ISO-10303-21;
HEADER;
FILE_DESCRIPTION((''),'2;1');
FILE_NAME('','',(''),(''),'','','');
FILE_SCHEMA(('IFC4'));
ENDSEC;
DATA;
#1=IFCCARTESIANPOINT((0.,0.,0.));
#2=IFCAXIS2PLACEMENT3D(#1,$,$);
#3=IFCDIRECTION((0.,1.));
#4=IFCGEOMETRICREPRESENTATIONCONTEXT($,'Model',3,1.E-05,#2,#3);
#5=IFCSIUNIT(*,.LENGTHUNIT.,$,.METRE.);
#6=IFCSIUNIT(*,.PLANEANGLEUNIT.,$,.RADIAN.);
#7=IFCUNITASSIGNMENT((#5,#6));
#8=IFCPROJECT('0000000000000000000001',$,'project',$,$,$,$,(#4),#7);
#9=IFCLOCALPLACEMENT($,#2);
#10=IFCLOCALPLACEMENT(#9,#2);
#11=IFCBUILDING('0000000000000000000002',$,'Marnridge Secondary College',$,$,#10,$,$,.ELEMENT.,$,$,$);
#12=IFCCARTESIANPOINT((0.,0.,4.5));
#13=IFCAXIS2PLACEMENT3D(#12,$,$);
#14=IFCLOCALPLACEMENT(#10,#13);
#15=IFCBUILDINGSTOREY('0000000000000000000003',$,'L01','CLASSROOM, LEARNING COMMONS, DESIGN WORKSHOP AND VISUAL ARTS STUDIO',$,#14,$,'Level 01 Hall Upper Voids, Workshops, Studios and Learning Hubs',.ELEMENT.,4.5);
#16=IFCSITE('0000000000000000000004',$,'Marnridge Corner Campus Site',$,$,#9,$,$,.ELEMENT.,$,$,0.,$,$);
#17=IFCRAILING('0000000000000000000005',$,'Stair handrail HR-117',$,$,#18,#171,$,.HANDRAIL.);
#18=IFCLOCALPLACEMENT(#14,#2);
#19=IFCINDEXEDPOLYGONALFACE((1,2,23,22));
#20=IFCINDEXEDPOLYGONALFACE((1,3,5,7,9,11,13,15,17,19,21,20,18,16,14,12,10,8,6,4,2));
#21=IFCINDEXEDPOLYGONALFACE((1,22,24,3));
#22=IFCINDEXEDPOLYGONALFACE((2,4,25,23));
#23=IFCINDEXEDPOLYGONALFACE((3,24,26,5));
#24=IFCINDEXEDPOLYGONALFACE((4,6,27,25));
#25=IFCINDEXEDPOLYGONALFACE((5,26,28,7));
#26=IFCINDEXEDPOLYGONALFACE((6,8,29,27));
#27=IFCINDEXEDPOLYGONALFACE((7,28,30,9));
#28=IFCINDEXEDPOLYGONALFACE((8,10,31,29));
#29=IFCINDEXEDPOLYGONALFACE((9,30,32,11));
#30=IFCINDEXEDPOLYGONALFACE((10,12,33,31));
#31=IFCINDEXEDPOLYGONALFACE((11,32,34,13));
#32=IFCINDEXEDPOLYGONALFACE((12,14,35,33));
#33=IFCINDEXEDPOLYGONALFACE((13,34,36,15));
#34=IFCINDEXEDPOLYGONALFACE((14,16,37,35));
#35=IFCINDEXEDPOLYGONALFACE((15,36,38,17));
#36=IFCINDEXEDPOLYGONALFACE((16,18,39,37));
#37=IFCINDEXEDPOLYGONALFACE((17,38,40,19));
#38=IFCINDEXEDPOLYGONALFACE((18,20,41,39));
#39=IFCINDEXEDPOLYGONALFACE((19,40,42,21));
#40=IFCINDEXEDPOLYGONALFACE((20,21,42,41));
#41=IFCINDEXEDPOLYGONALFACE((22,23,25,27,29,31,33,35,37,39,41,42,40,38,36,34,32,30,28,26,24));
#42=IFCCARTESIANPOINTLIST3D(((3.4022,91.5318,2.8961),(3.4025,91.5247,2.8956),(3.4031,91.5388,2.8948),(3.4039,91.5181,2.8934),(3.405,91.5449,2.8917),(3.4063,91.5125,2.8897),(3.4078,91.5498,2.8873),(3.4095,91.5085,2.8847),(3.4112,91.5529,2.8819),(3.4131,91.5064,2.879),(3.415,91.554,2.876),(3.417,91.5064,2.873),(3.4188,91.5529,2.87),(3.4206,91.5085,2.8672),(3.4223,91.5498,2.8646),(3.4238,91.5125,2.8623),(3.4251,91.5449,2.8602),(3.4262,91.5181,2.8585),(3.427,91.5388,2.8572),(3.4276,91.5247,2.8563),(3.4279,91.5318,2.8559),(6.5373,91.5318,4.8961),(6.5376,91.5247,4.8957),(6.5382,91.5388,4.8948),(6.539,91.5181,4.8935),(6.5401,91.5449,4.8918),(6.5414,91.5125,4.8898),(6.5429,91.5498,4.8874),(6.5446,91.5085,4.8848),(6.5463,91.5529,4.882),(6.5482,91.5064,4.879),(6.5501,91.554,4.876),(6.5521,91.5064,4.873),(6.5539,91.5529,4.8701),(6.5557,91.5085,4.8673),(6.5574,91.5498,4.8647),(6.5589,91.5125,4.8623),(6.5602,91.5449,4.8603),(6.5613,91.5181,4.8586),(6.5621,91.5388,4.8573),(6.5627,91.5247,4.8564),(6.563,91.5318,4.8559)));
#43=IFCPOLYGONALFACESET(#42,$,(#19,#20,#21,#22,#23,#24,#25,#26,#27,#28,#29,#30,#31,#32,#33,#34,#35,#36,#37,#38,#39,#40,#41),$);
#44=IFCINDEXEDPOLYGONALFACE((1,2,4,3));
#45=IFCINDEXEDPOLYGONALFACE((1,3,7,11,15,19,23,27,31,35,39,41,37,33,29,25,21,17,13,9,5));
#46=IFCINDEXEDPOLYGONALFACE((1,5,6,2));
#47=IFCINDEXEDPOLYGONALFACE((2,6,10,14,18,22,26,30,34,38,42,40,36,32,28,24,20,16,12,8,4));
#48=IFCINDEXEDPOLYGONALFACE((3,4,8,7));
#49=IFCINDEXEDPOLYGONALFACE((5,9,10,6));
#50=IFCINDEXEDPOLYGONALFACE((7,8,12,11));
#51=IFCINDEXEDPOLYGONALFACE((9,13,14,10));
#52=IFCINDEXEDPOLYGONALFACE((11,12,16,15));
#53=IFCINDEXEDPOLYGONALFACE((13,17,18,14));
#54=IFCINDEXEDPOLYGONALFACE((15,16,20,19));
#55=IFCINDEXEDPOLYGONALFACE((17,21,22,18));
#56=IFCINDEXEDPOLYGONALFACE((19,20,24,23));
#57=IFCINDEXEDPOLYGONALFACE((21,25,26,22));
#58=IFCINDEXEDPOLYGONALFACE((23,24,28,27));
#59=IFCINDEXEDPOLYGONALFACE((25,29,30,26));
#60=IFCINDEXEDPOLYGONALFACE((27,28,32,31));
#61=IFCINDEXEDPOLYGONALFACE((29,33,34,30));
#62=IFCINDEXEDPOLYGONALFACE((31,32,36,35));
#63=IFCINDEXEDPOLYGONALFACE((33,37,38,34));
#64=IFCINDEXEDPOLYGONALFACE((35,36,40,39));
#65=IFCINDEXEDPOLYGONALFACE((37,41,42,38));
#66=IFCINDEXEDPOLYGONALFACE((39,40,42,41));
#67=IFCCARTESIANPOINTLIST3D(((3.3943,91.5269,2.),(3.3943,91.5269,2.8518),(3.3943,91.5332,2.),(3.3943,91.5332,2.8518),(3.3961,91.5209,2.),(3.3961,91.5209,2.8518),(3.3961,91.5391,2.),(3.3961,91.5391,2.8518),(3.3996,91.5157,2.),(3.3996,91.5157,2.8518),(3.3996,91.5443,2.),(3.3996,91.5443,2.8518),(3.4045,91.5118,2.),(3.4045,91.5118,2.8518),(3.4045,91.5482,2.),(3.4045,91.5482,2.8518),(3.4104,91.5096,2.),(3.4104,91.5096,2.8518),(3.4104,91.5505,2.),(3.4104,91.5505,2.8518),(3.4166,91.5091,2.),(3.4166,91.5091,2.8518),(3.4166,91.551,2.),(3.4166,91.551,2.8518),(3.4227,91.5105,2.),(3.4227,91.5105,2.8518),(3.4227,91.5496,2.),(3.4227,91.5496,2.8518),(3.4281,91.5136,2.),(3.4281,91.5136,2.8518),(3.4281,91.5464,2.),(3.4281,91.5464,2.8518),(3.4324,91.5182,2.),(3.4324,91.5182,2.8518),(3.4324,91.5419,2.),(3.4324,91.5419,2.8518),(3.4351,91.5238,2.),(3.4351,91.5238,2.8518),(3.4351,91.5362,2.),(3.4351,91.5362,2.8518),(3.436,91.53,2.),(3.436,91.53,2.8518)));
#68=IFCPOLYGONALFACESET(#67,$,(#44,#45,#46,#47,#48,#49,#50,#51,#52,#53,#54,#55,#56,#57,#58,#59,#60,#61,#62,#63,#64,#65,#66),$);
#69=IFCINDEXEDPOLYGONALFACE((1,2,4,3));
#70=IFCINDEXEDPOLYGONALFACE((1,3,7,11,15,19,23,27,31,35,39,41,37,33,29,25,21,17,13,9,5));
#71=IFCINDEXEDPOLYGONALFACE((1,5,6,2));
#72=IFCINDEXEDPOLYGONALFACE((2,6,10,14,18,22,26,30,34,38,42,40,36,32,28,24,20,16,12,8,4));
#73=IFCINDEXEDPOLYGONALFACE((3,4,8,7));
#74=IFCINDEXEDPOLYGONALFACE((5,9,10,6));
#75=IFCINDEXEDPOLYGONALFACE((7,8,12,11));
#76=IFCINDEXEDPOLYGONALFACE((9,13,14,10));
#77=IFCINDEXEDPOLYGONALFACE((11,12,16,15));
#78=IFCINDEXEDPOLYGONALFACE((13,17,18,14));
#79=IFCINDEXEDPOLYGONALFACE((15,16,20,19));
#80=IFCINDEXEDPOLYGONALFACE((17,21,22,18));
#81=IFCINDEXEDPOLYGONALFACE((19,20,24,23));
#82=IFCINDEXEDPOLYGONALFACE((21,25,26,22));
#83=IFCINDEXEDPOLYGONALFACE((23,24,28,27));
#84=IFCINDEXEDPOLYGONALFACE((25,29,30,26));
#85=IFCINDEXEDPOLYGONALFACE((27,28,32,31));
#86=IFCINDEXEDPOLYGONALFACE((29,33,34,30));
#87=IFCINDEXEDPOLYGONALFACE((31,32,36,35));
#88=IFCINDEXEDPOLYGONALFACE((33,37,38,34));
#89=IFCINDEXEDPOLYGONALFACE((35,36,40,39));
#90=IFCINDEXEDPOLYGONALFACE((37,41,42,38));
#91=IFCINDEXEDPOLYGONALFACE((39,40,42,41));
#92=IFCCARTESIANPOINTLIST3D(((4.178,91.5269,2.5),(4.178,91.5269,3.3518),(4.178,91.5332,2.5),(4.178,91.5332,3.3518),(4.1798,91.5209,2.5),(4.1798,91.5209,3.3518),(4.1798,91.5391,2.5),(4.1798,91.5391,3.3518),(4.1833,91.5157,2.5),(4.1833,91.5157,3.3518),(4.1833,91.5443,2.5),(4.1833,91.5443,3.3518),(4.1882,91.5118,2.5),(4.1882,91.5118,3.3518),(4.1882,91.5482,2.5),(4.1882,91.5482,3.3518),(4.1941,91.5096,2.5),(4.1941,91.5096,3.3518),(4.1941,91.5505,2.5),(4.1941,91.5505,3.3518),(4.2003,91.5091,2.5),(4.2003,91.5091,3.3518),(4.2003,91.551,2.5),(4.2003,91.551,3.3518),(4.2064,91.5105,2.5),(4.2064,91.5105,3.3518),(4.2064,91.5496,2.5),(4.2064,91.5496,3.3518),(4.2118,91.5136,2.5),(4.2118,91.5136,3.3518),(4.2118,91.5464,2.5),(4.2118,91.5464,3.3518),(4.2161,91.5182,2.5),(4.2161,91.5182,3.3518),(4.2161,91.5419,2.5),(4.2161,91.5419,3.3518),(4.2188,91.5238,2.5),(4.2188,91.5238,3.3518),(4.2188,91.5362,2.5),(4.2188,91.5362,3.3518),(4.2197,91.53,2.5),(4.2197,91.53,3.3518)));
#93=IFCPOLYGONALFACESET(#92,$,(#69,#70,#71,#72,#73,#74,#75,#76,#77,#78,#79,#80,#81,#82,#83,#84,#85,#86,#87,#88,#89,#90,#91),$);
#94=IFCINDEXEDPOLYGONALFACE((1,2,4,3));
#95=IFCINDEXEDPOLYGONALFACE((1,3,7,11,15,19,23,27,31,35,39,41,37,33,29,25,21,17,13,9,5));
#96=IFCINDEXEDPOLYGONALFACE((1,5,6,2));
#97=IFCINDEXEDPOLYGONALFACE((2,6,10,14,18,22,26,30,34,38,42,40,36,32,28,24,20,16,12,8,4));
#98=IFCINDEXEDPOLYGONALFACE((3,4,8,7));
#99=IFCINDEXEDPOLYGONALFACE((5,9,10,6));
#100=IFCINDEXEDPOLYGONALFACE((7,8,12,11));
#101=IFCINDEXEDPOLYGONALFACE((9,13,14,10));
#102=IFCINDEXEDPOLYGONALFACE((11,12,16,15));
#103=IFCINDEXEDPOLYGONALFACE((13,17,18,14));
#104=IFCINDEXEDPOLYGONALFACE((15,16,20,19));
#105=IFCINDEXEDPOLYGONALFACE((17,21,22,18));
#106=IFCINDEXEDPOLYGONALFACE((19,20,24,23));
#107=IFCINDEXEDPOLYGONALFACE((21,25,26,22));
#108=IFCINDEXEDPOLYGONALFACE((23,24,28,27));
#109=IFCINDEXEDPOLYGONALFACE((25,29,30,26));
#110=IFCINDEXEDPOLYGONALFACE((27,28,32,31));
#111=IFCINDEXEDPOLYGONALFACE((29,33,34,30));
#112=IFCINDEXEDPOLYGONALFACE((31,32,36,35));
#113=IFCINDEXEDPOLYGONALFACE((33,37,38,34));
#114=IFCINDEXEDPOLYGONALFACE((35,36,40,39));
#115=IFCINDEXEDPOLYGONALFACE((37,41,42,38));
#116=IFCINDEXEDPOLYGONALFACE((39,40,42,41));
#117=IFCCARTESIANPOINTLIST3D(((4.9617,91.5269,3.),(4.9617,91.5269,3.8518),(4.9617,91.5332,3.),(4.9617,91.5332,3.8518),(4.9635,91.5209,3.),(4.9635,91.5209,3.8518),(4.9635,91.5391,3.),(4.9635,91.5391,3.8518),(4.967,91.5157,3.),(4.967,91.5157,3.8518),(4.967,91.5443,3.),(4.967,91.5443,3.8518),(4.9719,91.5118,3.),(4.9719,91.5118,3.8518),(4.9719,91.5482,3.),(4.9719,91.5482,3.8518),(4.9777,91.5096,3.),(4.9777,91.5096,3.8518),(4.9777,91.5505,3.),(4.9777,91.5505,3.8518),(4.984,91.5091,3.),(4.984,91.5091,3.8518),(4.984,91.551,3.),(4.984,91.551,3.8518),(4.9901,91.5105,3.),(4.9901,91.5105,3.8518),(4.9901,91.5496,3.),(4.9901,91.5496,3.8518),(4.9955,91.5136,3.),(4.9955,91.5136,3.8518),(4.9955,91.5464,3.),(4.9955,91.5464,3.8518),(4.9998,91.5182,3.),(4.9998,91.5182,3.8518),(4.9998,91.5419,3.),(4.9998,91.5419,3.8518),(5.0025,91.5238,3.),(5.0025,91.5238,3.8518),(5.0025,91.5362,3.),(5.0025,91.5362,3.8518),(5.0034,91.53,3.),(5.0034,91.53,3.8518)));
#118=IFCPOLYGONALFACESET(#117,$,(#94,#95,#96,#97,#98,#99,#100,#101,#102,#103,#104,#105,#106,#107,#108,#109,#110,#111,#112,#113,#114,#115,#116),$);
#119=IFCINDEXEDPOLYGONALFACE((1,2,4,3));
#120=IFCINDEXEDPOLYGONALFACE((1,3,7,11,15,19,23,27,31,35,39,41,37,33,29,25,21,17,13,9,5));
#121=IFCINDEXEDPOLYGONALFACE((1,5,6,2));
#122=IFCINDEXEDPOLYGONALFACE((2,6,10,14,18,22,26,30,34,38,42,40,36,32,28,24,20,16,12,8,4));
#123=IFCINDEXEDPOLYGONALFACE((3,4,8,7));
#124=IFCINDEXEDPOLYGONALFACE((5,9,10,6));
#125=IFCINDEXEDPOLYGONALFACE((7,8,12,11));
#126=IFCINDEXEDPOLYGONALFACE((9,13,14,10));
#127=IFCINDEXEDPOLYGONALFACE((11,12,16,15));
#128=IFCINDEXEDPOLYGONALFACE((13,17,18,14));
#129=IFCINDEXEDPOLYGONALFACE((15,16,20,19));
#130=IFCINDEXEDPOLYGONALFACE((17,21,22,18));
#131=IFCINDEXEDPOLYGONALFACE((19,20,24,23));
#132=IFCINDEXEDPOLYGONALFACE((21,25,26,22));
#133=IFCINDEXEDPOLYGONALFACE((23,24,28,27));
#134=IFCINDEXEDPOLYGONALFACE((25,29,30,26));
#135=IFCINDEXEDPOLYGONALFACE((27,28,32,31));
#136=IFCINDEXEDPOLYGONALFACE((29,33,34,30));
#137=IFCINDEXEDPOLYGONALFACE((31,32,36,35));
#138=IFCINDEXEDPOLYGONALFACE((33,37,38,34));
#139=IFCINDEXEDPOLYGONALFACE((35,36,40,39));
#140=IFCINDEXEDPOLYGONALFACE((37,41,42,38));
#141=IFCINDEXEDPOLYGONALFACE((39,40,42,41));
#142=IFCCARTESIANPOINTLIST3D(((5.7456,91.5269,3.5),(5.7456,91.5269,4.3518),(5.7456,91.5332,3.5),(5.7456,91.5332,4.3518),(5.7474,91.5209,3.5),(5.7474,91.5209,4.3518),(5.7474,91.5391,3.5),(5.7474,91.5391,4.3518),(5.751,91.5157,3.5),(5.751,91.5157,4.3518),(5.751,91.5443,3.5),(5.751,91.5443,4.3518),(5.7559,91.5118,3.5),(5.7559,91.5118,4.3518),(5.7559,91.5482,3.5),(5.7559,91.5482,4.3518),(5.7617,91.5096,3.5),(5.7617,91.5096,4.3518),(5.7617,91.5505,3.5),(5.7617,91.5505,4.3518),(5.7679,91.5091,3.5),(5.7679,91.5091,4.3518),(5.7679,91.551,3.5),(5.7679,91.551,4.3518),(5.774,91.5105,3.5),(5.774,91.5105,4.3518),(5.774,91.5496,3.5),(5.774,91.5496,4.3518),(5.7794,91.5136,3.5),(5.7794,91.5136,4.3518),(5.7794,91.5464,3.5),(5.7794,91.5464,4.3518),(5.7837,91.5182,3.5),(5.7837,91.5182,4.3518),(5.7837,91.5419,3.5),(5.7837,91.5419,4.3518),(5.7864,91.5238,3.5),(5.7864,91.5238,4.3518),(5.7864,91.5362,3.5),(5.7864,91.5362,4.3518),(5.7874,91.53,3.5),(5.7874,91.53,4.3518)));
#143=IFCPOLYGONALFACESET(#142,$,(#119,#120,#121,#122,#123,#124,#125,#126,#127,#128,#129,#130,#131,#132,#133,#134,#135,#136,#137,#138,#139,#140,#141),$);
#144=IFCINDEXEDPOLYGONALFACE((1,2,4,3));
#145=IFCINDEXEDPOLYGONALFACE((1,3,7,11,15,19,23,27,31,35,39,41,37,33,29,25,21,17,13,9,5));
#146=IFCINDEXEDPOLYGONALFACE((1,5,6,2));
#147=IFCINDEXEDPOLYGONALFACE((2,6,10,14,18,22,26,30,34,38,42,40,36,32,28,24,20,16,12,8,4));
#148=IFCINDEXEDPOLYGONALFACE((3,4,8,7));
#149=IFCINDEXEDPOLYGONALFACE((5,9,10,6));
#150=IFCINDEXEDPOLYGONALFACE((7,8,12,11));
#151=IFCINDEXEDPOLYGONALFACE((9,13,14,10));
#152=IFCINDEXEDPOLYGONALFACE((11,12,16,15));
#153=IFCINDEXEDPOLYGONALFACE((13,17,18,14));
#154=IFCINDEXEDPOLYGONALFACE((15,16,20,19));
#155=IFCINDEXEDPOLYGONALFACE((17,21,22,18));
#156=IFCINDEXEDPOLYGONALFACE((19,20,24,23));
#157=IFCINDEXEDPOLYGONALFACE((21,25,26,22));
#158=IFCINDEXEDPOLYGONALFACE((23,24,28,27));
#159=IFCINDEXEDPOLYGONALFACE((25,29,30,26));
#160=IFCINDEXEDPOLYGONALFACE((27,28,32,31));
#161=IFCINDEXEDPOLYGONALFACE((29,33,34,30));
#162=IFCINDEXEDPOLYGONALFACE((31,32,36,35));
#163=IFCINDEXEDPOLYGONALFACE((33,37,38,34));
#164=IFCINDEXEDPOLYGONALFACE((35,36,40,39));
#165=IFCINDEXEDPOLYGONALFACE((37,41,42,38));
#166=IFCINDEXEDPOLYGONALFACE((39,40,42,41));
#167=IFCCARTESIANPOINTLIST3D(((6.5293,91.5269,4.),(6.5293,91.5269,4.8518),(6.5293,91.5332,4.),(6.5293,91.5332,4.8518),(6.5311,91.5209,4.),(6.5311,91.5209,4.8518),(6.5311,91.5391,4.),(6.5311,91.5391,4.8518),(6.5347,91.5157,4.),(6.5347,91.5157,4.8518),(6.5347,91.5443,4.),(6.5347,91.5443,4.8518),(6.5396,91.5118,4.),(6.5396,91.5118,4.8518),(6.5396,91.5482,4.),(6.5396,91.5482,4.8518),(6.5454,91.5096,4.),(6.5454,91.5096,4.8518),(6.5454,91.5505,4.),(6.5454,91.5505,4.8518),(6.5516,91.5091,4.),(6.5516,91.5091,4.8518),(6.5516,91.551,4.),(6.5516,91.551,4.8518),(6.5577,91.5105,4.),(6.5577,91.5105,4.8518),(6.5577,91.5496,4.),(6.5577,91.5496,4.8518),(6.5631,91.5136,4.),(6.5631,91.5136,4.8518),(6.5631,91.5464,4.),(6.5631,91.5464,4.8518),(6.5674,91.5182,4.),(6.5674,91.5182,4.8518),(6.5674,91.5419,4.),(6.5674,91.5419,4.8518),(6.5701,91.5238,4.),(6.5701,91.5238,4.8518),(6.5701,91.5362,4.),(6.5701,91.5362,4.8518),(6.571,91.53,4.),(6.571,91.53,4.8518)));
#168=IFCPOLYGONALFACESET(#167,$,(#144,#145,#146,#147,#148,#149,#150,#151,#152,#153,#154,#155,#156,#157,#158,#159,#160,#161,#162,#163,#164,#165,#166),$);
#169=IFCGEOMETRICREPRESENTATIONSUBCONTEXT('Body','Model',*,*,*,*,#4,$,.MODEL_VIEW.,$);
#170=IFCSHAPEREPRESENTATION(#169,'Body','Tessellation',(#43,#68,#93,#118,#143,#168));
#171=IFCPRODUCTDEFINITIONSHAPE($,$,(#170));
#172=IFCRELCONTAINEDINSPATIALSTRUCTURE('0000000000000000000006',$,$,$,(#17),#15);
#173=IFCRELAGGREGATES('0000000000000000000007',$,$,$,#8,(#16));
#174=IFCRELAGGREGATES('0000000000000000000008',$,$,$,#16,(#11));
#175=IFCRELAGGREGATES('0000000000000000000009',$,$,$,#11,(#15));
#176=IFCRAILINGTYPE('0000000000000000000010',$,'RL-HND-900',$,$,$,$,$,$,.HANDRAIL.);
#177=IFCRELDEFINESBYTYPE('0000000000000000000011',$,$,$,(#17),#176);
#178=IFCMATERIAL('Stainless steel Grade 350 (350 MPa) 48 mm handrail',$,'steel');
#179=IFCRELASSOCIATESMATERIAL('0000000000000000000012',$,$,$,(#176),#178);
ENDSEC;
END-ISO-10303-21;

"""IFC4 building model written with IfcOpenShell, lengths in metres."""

from ifc_helpers import new_model, si_unit, direction, frame, origin, origin_2d, place, context, subcontext, project, spatial, circle, extrude, material, type_object, element, save


model = new_model("IFC4")

# Units and contexts
model_context = context("Model", 3, precision=1e-05, world=origin(), true_north=direction((0.0, 1.0)))
body_context = subcontext(model_context, "Body", "Model", "MODEL_VIEW")
ifc_project = project(units=[si_unit("LENGTHUNIT", "METRE"), si_unit("PLANEANGLEUNIT", "RADIAN")], contexts=[model_context])

# Site, building, storey
site_placement = place(None, origin())
site = spatial("IfcSite", under=ifc_project, at=site_placement, Name="Marnridge Corner Campus Site", CompositionType="ELEMENT", RefElevation=0.0)
building_placement = place(site_placement, origin())
building = spatial("IfcBuilding", under=site, at=building_placement, Name="Marnridge Secondary College", CompositionType="ELEMENT")
storey_placement = place(building_placement, frame((0.0, 0.0, 4.5)))
storey = spatial("IfcBuildingStorey", under=building, at=storey_placement, Name="L01", Description="CLASSROOM, LEARNING COMMONS, DESIGN WORKSHOP AND VISUAL ARTS STUDIO", LongName="Level 01 Hall Upper Voids, Workshops, Studios and Learning Hubs", CompositionType="ELEMENT", Elevation=4.5)

# Railing
ifc_material_1 = material(Name="Stainless steel Grade 350 (350 MPa) 48 mm handrail", Category="steel")
railing_type_1 = type_object("IfcRailingType", Name="RL-HND-900", PredefinedType="HANDRAIL", material=ifc_material_1)
for number, where, name in (
    (1, (3.415, 91.53, 2.0), "Stair handrail HR-117"),
):
    element("IfcRailing", number, at=place(storey_placement, frame(where)), inside=storey, type_object=railing_type_1, Name=name, PredefinedType="HANDRAIL", context=body_context, shape_type="SweptSolid", body=[
        extrude(circle(Radius=0.0239, at=origin_2d()), frame((0.0, 0.0, 0.876), z_axis=(0.843053, 0.0, 0.537831), x_axis=(0.0, 1.0, 0.0)), (0.0, 0.0, 1.0), 3.7188),
        extrude(circle(Radius=0.021, at=origin_2d()), origin(), (0.0, 0.0, 1.0), 0.8518),
        extrude(circle(Radius=0.021, at=origin_2d()), frame((0.7837, 0.0, 0.5)), (0.0, 0.0, 1.0), 0.8518),
        extrude(circle(Radius=0.021, at=origin_2d()), frame((1.5674, 0.0, 1.0)), (0.0, 0.0, 1.0), 0.8518),
        extrude(circle(Radius=0.021, at=origin_2d()), frame((2.3513, 0.0, 1.5)), (0.0, 0.0, 1.0), 0.8518),
        extrude(circle(Radius=0.021, at=origin_2d()), frame((3.135, 0.0, 2.0)), (0.0, 0.0, 1.0), 0.8518),
    ])

save(model, "model.ifc")
